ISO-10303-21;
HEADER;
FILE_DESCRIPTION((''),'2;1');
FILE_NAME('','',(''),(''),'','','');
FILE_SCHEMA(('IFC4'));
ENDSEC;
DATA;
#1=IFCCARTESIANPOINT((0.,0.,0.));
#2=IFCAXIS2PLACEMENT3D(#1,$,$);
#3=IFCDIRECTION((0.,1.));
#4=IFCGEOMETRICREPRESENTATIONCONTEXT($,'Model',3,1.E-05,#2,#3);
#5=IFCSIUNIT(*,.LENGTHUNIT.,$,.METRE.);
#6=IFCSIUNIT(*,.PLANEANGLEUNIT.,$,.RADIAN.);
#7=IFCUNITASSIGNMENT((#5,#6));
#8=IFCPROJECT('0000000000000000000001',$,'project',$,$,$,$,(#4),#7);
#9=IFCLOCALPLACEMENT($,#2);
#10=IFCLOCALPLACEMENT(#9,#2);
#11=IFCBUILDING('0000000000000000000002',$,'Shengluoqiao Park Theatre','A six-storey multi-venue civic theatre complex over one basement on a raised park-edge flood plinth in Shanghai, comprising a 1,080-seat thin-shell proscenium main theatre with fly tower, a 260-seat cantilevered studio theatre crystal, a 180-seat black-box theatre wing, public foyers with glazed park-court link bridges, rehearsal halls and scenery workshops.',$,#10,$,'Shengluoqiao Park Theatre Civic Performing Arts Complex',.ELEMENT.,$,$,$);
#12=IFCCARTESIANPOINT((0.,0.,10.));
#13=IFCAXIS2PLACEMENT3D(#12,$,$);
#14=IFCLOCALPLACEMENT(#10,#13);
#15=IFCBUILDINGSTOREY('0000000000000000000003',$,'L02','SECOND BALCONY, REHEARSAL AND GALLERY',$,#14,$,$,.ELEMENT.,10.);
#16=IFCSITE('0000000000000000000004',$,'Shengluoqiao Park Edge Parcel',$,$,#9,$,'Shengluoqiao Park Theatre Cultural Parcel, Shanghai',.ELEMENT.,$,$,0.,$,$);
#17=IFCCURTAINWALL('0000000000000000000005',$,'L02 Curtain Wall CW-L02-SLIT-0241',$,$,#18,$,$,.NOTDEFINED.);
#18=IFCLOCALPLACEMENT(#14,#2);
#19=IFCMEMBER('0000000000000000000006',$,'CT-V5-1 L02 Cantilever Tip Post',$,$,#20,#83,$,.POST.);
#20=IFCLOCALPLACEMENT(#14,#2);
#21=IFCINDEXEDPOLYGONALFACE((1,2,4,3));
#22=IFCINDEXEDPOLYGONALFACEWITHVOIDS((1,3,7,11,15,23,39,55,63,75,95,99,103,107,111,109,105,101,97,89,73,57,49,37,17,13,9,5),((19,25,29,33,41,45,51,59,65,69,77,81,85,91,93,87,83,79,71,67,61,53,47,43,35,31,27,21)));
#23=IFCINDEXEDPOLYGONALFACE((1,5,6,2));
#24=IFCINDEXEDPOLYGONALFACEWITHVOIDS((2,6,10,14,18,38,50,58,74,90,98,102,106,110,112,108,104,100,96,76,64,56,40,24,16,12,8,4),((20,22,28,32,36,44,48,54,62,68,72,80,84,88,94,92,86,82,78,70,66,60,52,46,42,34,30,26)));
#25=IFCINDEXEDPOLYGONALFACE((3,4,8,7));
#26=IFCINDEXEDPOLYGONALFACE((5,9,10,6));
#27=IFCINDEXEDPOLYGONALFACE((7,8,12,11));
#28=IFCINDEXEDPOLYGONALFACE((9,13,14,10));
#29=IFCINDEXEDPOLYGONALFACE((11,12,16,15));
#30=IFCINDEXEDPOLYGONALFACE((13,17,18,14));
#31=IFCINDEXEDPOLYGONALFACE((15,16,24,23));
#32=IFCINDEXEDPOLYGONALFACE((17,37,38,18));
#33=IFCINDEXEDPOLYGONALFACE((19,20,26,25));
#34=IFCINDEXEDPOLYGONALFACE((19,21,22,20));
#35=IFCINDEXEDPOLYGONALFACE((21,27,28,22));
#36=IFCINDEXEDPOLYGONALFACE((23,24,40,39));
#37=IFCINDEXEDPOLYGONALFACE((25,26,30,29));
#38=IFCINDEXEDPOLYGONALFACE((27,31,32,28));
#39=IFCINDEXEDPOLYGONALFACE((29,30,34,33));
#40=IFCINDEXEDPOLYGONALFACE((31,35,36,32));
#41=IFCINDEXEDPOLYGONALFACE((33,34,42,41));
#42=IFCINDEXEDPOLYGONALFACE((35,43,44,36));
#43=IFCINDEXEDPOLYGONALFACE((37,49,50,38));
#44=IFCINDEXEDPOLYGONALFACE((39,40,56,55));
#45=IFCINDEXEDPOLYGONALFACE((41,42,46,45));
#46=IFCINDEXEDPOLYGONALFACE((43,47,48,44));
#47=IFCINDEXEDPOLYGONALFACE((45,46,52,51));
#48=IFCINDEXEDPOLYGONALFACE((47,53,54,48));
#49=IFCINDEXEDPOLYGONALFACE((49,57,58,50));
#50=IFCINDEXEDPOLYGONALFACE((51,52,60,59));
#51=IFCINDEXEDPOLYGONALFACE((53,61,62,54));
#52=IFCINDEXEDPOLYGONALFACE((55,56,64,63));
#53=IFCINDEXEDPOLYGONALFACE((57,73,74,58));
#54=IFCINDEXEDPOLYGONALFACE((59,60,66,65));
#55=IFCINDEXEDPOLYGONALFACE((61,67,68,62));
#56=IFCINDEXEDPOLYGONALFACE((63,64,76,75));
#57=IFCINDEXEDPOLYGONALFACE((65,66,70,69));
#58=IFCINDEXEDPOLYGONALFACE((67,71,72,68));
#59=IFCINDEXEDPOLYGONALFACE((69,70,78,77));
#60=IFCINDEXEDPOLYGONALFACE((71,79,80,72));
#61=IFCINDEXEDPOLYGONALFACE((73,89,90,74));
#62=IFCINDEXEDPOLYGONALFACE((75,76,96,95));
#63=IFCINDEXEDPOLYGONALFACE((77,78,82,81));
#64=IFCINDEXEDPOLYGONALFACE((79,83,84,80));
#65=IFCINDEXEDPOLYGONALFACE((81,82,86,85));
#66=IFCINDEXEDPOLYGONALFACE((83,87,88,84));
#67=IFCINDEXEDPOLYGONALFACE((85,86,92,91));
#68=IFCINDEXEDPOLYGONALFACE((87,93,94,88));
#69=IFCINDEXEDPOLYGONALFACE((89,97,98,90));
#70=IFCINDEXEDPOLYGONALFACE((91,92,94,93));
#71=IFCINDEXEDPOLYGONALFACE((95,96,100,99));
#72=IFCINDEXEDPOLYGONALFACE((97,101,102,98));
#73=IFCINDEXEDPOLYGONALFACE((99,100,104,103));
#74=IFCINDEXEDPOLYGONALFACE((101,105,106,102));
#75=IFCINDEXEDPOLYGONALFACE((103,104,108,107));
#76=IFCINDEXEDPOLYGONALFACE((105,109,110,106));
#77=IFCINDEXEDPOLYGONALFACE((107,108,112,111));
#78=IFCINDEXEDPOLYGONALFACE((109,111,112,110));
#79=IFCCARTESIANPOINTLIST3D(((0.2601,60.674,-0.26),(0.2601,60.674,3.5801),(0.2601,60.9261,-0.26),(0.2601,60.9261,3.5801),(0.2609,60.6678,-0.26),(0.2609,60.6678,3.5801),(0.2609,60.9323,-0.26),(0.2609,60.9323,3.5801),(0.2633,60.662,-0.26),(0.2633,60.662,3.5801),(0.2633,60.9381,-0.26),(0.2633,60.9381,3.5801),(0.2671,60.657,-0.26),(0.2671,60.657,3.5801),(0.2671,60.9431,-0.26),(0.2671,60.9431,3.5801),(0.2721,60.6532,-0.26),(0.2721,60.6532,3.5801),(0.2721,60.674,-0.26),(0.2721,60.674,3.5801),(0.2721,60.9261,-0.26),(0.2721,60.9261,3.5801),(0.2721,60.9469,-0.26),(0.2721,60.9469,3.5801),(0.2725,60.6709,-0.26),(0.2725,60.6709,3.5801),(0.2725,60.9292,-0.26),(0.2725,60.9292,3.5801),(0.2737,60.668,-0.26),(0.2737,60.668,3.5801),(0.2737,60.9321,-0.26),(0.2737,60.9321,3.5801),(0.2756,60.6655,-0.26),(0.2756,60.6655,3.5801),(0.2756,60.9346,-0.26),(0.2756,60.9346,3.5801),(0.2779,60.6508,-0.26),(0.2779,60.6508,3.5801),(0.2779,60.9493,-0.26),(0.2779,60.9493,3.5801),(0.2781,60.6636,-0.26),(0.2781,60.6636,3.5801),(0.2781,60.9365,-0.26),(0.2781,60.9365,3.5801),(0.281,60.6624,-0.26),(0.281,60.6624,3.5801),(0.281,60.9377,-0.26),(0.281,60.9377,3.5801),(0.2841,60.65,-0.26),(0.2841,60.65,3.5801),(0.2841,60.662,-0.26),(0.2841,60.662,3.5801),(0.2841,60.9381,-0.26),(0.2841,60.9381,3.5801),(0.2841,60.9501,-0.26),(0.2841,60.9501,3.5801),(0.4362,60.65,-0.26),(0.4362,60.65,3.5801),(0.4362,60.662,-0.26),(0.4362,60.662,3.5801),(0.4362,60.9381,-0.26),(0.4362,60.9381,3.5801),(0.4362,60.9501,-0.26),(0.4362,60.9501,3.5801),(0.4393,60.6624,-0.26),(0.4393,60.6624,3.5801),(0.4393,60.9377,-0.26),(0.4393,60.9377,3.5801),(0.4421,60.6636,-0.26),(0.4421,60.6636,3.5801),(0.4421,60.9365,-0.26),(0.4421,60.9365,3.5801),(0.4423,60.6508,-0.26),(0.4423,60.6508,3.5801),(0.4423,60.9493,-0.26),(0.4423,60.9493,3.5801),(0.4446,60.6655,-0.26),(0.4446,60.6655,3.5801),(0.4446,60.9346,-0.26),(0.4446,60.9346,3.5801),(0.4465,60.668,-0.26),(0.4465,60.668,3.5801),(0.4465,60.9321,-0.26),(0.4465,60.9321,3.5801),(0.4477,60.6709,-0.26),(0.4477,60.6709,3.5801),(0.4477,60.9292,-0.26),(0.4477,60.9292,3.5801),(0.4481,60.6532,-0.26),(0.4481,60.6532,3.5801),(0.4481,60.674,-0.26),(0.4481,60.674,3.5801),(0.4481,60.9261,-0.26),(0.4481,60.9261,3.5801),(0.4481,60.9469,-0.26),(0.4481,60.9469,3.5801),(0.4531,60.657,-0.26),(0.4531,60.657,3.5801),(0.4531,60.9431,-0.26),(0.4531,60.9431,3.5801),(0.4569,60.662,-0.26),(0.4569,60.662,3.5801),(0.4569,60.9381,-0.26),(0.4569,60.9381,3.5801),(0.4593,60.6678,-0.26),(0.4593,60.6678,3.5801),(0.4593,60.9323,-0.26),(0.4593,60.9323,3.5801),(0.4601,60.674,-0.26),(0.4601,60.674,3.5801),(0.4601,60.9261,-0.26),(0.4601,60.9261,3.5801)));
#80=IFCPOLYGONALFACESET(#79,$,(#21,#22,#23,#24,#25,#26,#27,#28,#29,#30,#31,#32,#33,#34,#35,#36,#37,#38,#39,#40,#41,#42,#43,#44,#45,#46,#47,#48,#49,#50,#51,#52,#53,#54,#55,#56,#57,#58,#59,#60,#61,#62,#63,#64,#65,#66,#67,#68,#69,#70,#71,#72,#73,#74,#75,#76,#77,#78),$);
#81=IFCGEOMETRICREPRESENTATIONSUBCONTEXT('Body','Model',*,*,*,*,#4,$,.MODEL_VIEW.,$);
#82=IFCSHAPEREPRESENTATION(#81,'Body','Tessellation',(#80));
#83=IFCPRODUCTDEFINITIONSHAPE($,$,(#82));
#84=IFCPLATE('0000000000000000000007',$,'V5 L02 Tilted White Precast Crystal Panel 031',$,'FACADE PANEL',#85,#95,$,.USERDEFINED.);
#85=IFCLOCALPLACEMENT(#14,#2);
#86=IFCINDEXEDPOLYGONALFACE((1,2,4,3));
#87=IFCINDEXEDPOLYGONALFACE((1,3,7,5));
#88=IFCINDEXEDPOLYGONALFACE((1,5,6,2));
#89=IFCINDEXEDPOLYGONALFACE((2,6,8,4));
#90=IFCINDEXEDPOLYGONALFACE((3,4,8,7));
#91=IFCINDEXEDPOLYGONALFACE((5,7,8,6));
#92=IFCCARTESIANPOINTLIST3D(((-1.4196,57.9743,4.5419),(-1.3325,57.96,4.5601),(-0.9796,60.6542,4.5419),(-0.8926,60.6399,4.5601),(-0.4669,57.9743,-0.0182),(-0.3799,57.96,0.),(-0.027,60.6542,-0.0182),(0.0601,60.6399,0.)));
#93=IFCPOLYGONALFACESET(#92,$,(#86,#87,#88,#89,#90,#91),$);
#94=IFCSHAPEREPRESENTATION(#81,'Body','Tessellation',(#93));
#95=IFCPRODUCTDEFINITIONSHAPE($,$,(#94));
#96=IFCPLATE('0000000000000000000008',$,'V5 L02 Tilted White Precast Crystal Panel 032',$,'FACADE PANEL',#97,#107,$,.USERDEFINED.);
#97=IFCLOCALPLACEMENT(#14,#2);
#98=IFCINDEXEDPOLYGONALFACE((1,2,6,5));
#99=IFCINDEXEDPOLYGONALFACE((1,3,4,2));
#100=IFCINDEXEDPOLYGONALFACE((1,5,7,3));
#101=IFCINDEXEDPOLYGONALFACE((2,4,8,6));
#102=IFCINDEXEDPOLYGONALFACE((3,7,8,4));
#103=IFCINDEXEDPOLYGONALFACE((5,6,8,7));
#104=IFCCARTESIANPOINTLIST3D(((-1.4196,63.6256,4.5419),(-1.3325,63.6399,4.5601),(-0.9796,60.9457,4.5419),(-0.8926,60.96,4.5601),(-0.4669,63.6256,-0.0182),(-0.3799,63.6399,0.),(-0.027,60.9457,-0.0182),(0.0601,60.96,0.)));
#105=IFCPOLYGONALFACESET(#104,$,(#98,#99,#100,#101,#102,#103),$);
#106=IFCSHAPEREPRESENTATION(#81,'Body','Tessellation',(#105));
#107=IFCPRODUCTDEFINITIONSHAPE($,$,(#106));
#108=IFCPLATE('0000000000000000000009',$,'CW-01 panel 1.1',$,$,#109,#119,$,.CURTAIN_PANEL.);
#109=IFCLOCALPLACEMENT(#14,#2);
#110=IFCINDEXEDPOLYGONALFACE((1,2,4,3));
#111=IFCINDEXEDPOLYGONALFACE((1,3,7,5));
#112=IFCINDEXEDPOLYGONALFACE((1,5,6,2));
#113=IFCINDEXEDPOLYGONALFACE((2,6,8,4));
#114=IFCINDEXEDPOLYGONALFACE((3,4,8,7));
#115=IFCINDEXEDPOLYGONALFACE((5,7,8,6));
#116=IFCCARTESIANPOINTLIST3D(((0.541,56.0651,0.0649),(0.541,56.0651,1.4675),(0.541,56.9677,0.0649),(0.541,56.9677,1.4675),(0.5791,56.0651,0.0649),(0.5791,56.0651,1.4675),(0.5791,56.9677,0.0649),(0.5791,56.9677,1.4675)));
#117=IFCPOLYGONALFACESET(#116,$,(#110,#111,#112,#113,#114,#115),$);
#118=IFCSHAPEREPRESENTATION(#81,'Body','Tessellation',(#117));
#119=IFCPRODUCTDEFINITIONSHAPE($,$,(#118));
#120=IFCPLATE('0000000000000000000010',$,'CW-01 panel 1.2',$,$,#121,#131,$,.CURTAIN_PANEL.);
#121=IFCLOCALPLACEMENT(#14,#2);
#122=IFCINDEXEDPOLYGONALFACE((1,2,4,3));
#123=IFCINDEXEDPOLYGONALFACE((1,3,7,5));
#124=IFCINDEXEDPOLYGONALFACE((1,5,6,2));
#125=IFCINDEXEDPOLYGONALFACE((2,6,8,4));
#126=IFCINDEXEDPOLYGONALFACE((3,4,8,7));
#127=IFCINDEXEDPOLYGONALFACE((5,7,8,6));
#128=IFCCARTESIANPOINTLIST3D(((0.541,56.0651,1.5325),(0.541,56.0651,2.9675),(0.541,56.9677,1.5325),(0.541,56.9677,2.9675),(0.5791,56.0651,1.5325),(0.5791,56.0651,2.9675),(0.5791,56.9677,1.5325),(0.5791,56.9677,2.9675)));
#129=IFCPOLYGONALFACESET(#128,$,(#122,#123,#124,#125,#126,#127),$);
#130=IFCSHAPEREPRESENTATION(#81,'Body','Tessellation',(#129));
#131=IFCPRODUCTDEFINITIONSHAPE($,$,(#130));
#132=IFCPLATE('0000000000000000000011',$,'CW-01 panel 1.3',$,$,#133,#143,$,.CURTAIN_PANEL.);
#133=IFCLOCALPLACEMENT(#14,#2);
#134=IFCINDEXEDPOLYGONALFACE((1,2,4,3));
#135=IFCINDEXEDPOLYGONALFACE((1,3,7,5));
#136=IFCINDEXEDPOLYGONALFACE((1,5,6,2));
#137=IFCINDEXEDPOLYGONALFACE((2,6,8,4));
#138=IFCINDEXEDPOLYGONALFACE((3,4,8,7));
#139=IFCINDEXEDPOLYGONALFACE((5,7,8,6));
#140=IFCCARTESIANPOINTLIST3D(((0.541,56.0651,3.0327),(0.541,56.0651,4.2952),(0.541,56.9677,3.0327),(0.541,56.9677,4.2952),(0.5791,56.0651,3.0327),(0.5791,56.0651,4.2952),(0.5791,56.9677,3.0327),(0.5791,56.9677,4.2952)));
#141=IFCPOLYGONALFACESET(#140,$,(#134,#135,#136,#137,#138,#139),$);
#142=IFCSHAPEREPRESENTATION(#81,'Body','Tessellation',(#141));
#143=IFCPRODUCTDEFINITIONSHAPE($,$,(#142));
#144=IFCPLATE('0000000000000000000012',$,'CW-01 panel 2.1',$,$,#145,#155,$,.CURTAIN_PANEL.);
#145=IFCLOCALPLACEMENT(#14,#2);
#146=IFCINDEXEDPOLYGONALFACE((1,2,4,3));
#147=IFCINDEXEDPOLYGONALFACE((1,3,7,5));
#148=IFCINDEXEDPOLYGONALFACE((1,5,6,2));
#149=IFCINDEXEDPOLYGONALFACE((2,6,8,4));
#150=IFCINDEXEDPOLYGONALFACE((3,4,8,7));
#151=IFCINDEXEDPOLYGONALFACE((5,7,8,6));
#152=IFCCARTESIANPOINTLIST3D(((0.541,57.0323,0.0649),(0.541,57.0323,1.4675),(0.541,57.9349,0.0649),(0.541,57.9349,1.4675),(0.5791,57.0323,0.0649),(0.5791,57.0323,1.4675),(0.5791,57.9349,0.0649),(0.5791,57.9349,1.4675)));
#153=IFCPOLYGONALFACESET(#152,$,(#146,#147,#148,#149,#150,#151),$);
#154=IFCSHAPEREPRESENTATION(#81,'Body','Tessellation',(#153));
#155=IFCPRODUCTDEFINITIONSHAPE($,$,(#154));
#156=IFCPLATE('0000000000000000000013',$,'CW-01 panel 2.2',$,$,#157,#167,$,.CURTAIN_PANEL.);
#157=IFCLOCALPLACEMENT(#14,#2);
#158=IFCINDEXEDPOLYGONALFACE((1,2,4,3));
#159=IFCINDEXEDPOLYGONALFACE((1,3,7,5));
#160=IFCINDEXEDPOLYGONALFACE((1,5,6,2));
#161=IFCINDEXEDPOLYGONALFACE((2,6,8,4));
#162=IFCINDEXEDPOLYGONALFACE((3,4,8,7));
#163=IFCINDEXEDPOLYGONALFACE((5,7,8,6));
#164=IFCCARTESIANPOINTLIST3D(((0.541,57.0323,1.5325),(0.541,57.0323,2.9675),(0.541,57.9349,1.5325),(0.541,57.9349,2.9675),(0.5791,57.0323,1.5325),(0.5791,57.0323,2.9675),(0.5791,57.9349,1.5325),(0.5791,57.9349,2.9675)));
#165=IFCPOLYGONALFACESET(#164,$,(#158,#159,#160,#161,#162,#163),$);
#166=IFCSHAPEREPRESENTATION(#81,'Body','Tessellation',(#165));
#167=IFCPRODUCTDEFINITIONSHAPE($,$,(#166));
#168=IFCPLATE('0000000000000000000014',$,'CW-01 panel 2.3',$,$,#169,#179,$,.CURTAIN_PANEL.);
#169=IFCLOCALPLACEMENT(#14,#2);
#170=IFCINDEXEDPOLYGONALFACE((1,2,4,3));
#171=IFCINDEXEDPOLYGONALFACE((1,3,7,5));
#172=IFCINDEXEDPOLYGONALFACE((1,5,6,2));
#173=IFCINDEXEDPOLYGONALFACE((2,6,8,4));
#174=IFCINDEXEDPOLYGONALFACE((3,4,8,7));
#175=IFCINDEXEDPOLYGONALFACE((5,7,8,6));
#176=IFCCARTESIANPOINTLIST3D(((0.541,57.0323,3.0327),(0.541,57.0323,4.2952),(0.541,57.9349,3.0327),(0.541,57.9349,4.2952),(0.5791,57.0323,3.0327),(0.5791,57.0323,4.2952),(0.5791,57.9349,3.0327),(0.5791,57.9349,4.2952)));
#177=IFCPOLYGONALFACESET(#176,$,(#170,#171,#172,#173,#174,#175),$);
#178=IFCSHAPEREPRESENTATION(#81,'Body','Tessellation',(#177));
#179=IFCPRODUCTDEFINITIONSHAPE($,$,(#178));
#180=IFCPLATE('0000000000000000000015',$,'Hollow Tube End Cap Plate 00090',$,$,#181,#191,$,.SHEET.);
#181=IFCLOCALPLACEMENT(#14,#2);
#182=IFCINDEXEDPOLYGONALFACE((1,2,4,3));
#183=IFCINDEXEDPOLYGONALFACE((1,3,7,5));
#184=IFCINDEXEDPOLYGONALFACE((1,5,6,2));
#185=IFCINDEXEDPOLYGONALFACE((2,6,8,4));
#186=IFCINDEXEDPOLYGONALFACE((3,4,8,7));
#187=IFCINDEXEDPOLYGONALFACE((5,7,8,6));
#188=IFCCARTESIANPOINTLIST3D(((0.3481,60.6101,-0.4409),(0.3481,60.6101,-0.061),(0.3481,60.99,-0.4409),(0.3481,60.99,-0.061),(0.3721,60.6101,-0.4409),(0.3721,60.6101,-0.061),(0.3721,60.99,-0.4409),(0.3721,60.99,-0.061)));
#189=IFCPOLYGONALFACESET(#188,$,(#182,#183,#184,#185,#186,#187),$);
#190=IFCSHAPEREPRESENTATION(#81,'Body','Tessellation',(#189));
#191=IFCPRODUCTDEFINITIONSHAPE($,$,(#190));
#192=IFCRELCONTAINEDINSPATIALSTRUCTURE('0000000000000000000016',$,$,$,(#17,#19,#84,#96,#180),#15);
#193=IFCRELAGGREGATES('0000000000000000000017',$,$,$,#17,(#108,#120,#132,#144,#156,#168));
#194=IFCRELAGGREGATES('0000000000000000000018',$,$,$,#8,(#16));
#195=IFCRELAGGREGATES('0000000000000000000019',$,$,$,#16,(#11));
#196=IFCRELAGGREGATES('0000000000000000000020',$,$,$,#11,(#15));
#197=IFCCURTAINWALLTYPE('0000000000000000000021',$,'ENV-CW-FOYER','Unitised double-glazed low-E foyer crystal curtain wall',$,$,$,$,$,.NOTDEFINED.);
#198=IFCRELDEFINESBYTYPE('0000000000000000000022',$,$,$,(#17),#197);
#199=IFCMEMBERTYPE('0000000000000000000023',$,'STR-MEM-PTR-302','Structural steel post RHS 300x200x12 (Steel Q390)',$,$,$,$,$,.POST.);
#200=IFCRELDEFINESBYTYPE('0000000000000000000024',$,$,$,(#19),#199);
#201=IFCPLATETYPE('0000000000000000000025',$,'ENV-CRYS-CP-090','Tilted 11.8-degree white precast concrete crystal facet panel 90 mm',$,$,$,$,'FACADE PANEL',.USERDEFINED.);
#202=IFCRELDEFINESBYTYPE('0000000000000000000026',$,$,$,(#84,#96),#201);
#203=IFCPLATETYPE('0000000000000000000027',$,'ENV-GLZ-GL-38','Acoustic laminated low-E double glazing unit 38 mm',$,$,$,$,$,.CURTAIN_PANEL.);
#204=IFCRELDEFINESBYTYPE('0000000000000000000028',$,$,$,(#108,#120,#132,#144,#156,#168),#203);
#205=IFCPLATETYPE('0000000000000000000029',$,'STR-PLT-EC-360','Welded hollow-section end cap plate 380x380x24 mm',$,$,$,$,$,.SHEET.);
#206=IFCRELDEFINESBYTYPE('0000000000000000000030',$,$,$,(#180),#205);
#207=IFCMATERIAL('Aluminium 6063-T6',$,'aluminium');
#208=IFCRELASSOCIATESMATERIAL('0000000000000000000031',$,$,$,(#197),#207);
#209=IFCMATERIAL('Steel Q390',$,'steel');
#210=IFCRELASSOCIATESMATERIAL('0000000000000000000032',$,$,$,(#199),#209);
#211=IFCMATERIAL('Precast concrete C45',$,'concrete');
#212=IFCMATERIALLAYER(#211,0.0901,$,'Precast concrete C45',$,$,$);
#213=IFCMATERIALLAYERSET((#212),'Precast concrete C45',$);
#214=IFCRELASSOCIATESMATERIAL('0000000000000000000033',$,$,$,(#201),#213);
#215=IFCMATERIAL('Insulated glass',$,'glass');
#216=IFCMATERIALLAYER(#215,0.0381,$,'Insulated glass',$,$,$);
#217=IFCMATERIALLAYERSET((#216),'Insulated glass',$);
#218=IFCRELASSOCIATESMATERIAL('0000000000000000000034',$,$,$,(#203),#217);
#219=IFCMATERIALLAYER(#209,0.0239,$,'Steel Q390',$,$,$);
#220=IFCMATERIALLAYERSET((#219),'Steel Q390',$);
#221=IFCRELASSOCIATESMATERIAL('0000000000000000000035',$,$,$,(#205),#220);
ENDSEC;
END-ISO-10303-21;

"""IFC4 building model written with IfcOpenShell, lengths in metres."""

from ifc_helpers import new_model, si_unit, direction, frame, origin, origin_2d, place, context, subcontext, project, spatial, polyline, rectangle, hollow_rectangle, outline, extrude, material, layer, layer_set, material_profile, profile_set, type_object, element, aggregate, save


model = new_model("IFC4")

# Units and contexts
model_context = context("Model", 3, precision=1e-05, world=origin(), true_north=direction((0.0, 1.0)))
body_context = subcontext(model_context, "Body", "Model", "MODEL_VIEW")
ifc_project = project(units=[si_unit("LENGTHUNIT", "METRE"), si_unit("PLANEANGLEUNIT", "RADIAN")], contexts=[model_context])

# Site, building, storey
site_placement = place(None, origin())
site = spatial("IfcSite", under=ifc_project, at=site_placement, Name="Shengluoqiao Park Edge Parcel", LongName="Shengluoqiao Park Theatre Cultural Parcel, Shanghai", CompositionType="ELEMENT", RefElevation=0.0)
building_placement = place(site_placement, origin())
building = spatial("IfcBuilding", under=site, at=building_placement, Name="Shengluoqiao Park Theatre", Description="A six-storey multi-venue civic theatre complex over one basement on a raised park-edge flood plinth in Shanghai, comprising a 1,080-seat thin-shell proscenium main theatre with fly tower, a 260-seat cantilevered studio theatre crystal, a 180-seat black-box theatre wing, public foyers with glazed park-court link bridges, rehearsal halls and scenery workshops.", LongName="Shengluoqiao Park Theatre Civic Performing Arts Complex", CompositionType="ELEMENT")
storey_placement = place(building_placement, frame((0.0, 0.0, 10.0)))
storey = spatial("IfcBuildingStorey", under=building, at=storey_placement, Name="L02", Description="SECOND BALCONY, REHEARSAL AND GALLERY", CompositionType="ELEMENT", Elevation=10.0)

# Curtain wall
ifc_material_1 = material(Name="Aluminium 6063-T6", Category="aluminium")
curtain_wall_type = type_object("IfcCurtainWallType", Name="ENV-CW-FOYER", Description="Unitised double-glazed low-E foyer crystal curtain wall", PredefinedType="NOTDEFINED", material=ifc_material_1)
curtain_wall_1_placement = place(storey_placement, origin())
curtain_wall_1 = element("IfcCurtainWall", 1, at=curtain_wall_1_placement, inside=storey, type_object=curtain_wall_type, Name="L02 Curtain Wall CW-L02-SLIT-0241", PredefinedType="NOTDEFINED")

# Shared definitions
ifc_material_2 = material(Name="Steel Q390", Category="steel")

# Member
ifc_material_profile_1 = material_profile(ifc_material_2, hollow_rectangle(XDim=0.2, YDim=0.3, WallThickness=0.012, InnerFilletRadius=0.012, OuterFilletRadius=0.0239, at=origin_2d()), Name="RHS 300x200x12")
ifc_profile_set_1 = profile_set([ifc_material_profile_1], Name="Steel Q390")
member_type_1 = type_object("IfcMemberType", Name="STR-MEM-PTR-302", Description="Structural steel post RHS 300x200x12 (Steel Q390)", PredefinedType="POST", material=ifc_profile_set_1)
member_1_placement = place(storey_placement, frame((0.3601, 60.8, -0.26), z_axis=(0.0, 0.0, 1.0), x_axis=(1.0, 0.0, 0.0)))
element("IfcMember", 2, at=member_1_placement, inside=storey, type_object=member_type_1, Name="CT-V5-1 L02 Cantilever Tip Post", PredefinedType="POST", context=body_context, shape_type="SweptSolid", body=[
    extrude(hollow_rectangle(XDim=0.2, YDim=0.3, WallThickness=0.012, InnerFilletRadius=0.012, OuterFilletRadius=0.0239, at=origin_2d()), origin(), (0.0, 0.0, 1.0), 3.8401),
])

# Plates
ifc_material_3 = material(Name="Precast concrete C45", Category="concrete")
ifc_layer_1 = layer(ifc_material_3, 0.0901, Name="Precast concrete C45")
ifc_layer_set_1 = layer_set([ifc_layer_1], Name="Precast concrete C45")
plate_type_1 = type_object("IfcPlateType", Name="ENV-CRYS-CP-090", Description="Tilted 11.8-degree white precast concrete crystal facet panel 90 mm", ElementType="FACADE PANEL", PredefinedType="USERDEFINED", material=ifc_layer_set_1)
plate_1_placement = place(storey_placement, frame((-0.3799, 57.96, 0.0), z_axis=(0.966469, -0.158657, 0.201904), x_axis=(0.161993, 0.986792, 0.0)))
element("IfcPlate", 3, at=plate_1_placement, inside=storey, type_object=plate_type_1, Name="V5 L02 Tilted White Precast Crystal Panel 031", ObjectType="FACADE PANEL", PredefinedType="USERDEFINED", context=body_context, shape_type="SweptSolid", body=[
    extrude(outline(polyline([(0.0, 0.0), (2.7158, 0.0), (2.5615, 4.6559), (-0.1543, 4.6559), (0.0, 0.0)])), origin(), (0.0, 0.0, -1.0), 0.0901),
])
plate_2_placement = place(storey_placement, frame((0.0601, 60.96, 0.0), z_axis=(0.966469, 0.158657, 0.201904), x_axis=(-0.161993, 0.986792, 0.0)))
element("IfcPlate", 4, at=plate_2_placement, inside=storey, type_object=plate_type_1, Name="V5 L02 Tilted White Precast Crystal Panel 032", ObjectType="FACADE PANEL", PredefinedType="USERDEFINED", context=body_context, shape_type="SweptSolid", body=[
    extrude(outline(polyline([(0.0, 0.0), (2.7158, 0.0), (2.8701, 4.6559), (0.1543, 4.6559), (0.0, 0.0)])), origin(), (0.0, 0.0, -1.0), 0.0901),
])

# Plates
ifc_material_4 = material(Name="Insulated glass", Category="glass")
ifc_layer_2 = layer(ifc_material_4, 0.0381, Name="Insulated glass")
ifc_layer_set_2 = layer_set([ifc_layer_2], Name="Insulated glass")
plate_type_2 = type_object("IfcPlateType", Name="ENV-GLZ-GL-38", Description="Acoustic laminated low-E double glazing unit 38 mm", PredefinedType="CURTAIN_PANEL", material=ifc_layer_set_2)
plate_3_placement = place(storey_placement, frame((0.5601, 56.5164, 0.0649), z_axis=(0.0, 0.0, 1.0), x_axis=(0.0, 1.0, 0.0)))
plate_3 = element("IfcPlate", 5, at=plate_3_placement, type_object=plate_type_2, Name="CW-01 panel 1.1", PredefinedType="CURTAIN_PANEL", context=body_context, shape_type="SweptSolid", body=[
    extrude(rectangle(XDim=0.9026, YDim=0.0381, at=origin_2d()), origin(), (0.0, 0.0, 1.0), 1.4026),
])
plate_4_placement = place(storey_placement, frame((0.5601, 56.5164, 1.5325), z_axis=(0.0, 0.0, 1.0), x_axis=(0.0, 1.0, 0.0)))
plate_4 = element("IfcPlate", 6, at=plate_4_placement, type_object=plate_type_2, Name="CW-01 panel 1.2", PredefinedType="CURTAIN_PANEL", context=body_context, shape_type="SweptSolid", body=[
    extrude(rectangle(XDim=0.9026, YDim=0.0381, at=origin_2d()), origin(), (0.0, 0.0, 1.0), 1.4351),
])
plate_5_placement = place(storey_placement, frame((0.5601, 56.5164, 3.0327), z_axis=(0.0, 0.0, 1.0), x_axis=(0.0, 1.0, 0.0)))
plate_5 = element("IfcPlate", 7, at=plate_5_placement, type_object=plate_type_2, Name="CW-01 panel 1.3", PredefinedType="CURTAIN_PANEL", context=body_context, shape_type="SweptSolid", body=[
    extrude(rectangle(XDim=0.9026, YDim=0.0381, at=origin_2d()), origin(), (0.0, 0.0, 1.0), 1.2625),
])
plate_6_placement = place(storey_placement, frame((0.5601, 57.4836, 0.0649), z_axis=(0.0, 0.0, 1.0), x_axis=(0.0, 1.0, 0.0)))
plate_6 = element("IfcPlate", 8, at=plate_6_placement, type_object=plate_type_2, Name="CW-01 panel 2.1", PredefinedType="CURTAIN_PANEL", context=body_context, shape_type="SweptSolid", body=[
    extrude(rectangle(XDim=0.9026, YDim=0.0381, at=origin_2d()), origin(), (0.0, 0.0, 1.0), 1.4026),
])
plate_7_placement = place(storey_placement, frame((0.5601, 57.4836, 1.5325), z_axis=(0.0, 0.0, 1.0), x_axis=(0.0, 1.0, 0.0)))
plate_7 = element("IfcPlate", 9, at=plate_7_placement, type_object=plate_type_2, Name="CW-01 panel 2.2", PredefinedType="CURTAIN_PANEL", context=body_context, shape_type="SweptSolid", body=[
    extrude(rectangle(XDim=0.9026, YDim=0.0381, at=origin_2d()), origin(), (0.0, 0.0, 1.0), 1.4351),
])
plate_8_placement = place(storey_placement, frame((0.5601, 57.4836, 3.0327), z_axis=(0.0, 0.0, 1.0), x_axis=(0.0, 1.0, 0.0)))
plate_8 = element("IfcPlate", 10, at=plate_8_placement, type_object=plate_type_2, Name="CW-01 panel 2.3", PredefinedType="CURTAIN_PANEL", context=body_context, shape_type="SweptSolid", body=[
    extrude(rectangle(XDim=0.9026, YDim=0.0381, at=origin_2d()), origin(), (0.0, 0.0, 1.0), 1.2625),
])
aggregate(curtain_wall_1, [plate_3, plate_4, plate_5, plate_6, plate_7, plate_8])

# Plate
ifc_layer_3 = layer(ifc_material_2, 0.0239, Name="Steel Q390")
ifc_layer_set_3 = layer_set([ifc_layer_3], Name="Steel Q390")
plate_type_3 = type_object("IfcPlateType", Name="STR-PLT-EC-360", Description="Welded hollow-section end cap plate 380x380x24 mm", PredefinedType="SHEET", material=ifc_layer_set_3)
for number, where, z_axis, x_axis, name in (
    (11, (0.3601, 60.8, -0.4409), (0.0, 0.0, 1.0), (1.0, 0.0, 0.0), "Hollow Tube End Cap Plate 00090"),
):
    element("IfcPlate", number, at=place(storey_placement, frame(where, z_axis=z_axis, x_axis=x_axis)), inside=storey, type_object=plate_type_3, Name=name, PredefinedType="SHEET", context=body_context, shape_type="SweptSolid", body=[
        extrude(rectangle(XDim=0.0239, YDim=0.3799, at=origin_2d()), origin(), (0.0, 0.0, 1.0), 0.3799),
    ])

save(model, "model.ifc")
